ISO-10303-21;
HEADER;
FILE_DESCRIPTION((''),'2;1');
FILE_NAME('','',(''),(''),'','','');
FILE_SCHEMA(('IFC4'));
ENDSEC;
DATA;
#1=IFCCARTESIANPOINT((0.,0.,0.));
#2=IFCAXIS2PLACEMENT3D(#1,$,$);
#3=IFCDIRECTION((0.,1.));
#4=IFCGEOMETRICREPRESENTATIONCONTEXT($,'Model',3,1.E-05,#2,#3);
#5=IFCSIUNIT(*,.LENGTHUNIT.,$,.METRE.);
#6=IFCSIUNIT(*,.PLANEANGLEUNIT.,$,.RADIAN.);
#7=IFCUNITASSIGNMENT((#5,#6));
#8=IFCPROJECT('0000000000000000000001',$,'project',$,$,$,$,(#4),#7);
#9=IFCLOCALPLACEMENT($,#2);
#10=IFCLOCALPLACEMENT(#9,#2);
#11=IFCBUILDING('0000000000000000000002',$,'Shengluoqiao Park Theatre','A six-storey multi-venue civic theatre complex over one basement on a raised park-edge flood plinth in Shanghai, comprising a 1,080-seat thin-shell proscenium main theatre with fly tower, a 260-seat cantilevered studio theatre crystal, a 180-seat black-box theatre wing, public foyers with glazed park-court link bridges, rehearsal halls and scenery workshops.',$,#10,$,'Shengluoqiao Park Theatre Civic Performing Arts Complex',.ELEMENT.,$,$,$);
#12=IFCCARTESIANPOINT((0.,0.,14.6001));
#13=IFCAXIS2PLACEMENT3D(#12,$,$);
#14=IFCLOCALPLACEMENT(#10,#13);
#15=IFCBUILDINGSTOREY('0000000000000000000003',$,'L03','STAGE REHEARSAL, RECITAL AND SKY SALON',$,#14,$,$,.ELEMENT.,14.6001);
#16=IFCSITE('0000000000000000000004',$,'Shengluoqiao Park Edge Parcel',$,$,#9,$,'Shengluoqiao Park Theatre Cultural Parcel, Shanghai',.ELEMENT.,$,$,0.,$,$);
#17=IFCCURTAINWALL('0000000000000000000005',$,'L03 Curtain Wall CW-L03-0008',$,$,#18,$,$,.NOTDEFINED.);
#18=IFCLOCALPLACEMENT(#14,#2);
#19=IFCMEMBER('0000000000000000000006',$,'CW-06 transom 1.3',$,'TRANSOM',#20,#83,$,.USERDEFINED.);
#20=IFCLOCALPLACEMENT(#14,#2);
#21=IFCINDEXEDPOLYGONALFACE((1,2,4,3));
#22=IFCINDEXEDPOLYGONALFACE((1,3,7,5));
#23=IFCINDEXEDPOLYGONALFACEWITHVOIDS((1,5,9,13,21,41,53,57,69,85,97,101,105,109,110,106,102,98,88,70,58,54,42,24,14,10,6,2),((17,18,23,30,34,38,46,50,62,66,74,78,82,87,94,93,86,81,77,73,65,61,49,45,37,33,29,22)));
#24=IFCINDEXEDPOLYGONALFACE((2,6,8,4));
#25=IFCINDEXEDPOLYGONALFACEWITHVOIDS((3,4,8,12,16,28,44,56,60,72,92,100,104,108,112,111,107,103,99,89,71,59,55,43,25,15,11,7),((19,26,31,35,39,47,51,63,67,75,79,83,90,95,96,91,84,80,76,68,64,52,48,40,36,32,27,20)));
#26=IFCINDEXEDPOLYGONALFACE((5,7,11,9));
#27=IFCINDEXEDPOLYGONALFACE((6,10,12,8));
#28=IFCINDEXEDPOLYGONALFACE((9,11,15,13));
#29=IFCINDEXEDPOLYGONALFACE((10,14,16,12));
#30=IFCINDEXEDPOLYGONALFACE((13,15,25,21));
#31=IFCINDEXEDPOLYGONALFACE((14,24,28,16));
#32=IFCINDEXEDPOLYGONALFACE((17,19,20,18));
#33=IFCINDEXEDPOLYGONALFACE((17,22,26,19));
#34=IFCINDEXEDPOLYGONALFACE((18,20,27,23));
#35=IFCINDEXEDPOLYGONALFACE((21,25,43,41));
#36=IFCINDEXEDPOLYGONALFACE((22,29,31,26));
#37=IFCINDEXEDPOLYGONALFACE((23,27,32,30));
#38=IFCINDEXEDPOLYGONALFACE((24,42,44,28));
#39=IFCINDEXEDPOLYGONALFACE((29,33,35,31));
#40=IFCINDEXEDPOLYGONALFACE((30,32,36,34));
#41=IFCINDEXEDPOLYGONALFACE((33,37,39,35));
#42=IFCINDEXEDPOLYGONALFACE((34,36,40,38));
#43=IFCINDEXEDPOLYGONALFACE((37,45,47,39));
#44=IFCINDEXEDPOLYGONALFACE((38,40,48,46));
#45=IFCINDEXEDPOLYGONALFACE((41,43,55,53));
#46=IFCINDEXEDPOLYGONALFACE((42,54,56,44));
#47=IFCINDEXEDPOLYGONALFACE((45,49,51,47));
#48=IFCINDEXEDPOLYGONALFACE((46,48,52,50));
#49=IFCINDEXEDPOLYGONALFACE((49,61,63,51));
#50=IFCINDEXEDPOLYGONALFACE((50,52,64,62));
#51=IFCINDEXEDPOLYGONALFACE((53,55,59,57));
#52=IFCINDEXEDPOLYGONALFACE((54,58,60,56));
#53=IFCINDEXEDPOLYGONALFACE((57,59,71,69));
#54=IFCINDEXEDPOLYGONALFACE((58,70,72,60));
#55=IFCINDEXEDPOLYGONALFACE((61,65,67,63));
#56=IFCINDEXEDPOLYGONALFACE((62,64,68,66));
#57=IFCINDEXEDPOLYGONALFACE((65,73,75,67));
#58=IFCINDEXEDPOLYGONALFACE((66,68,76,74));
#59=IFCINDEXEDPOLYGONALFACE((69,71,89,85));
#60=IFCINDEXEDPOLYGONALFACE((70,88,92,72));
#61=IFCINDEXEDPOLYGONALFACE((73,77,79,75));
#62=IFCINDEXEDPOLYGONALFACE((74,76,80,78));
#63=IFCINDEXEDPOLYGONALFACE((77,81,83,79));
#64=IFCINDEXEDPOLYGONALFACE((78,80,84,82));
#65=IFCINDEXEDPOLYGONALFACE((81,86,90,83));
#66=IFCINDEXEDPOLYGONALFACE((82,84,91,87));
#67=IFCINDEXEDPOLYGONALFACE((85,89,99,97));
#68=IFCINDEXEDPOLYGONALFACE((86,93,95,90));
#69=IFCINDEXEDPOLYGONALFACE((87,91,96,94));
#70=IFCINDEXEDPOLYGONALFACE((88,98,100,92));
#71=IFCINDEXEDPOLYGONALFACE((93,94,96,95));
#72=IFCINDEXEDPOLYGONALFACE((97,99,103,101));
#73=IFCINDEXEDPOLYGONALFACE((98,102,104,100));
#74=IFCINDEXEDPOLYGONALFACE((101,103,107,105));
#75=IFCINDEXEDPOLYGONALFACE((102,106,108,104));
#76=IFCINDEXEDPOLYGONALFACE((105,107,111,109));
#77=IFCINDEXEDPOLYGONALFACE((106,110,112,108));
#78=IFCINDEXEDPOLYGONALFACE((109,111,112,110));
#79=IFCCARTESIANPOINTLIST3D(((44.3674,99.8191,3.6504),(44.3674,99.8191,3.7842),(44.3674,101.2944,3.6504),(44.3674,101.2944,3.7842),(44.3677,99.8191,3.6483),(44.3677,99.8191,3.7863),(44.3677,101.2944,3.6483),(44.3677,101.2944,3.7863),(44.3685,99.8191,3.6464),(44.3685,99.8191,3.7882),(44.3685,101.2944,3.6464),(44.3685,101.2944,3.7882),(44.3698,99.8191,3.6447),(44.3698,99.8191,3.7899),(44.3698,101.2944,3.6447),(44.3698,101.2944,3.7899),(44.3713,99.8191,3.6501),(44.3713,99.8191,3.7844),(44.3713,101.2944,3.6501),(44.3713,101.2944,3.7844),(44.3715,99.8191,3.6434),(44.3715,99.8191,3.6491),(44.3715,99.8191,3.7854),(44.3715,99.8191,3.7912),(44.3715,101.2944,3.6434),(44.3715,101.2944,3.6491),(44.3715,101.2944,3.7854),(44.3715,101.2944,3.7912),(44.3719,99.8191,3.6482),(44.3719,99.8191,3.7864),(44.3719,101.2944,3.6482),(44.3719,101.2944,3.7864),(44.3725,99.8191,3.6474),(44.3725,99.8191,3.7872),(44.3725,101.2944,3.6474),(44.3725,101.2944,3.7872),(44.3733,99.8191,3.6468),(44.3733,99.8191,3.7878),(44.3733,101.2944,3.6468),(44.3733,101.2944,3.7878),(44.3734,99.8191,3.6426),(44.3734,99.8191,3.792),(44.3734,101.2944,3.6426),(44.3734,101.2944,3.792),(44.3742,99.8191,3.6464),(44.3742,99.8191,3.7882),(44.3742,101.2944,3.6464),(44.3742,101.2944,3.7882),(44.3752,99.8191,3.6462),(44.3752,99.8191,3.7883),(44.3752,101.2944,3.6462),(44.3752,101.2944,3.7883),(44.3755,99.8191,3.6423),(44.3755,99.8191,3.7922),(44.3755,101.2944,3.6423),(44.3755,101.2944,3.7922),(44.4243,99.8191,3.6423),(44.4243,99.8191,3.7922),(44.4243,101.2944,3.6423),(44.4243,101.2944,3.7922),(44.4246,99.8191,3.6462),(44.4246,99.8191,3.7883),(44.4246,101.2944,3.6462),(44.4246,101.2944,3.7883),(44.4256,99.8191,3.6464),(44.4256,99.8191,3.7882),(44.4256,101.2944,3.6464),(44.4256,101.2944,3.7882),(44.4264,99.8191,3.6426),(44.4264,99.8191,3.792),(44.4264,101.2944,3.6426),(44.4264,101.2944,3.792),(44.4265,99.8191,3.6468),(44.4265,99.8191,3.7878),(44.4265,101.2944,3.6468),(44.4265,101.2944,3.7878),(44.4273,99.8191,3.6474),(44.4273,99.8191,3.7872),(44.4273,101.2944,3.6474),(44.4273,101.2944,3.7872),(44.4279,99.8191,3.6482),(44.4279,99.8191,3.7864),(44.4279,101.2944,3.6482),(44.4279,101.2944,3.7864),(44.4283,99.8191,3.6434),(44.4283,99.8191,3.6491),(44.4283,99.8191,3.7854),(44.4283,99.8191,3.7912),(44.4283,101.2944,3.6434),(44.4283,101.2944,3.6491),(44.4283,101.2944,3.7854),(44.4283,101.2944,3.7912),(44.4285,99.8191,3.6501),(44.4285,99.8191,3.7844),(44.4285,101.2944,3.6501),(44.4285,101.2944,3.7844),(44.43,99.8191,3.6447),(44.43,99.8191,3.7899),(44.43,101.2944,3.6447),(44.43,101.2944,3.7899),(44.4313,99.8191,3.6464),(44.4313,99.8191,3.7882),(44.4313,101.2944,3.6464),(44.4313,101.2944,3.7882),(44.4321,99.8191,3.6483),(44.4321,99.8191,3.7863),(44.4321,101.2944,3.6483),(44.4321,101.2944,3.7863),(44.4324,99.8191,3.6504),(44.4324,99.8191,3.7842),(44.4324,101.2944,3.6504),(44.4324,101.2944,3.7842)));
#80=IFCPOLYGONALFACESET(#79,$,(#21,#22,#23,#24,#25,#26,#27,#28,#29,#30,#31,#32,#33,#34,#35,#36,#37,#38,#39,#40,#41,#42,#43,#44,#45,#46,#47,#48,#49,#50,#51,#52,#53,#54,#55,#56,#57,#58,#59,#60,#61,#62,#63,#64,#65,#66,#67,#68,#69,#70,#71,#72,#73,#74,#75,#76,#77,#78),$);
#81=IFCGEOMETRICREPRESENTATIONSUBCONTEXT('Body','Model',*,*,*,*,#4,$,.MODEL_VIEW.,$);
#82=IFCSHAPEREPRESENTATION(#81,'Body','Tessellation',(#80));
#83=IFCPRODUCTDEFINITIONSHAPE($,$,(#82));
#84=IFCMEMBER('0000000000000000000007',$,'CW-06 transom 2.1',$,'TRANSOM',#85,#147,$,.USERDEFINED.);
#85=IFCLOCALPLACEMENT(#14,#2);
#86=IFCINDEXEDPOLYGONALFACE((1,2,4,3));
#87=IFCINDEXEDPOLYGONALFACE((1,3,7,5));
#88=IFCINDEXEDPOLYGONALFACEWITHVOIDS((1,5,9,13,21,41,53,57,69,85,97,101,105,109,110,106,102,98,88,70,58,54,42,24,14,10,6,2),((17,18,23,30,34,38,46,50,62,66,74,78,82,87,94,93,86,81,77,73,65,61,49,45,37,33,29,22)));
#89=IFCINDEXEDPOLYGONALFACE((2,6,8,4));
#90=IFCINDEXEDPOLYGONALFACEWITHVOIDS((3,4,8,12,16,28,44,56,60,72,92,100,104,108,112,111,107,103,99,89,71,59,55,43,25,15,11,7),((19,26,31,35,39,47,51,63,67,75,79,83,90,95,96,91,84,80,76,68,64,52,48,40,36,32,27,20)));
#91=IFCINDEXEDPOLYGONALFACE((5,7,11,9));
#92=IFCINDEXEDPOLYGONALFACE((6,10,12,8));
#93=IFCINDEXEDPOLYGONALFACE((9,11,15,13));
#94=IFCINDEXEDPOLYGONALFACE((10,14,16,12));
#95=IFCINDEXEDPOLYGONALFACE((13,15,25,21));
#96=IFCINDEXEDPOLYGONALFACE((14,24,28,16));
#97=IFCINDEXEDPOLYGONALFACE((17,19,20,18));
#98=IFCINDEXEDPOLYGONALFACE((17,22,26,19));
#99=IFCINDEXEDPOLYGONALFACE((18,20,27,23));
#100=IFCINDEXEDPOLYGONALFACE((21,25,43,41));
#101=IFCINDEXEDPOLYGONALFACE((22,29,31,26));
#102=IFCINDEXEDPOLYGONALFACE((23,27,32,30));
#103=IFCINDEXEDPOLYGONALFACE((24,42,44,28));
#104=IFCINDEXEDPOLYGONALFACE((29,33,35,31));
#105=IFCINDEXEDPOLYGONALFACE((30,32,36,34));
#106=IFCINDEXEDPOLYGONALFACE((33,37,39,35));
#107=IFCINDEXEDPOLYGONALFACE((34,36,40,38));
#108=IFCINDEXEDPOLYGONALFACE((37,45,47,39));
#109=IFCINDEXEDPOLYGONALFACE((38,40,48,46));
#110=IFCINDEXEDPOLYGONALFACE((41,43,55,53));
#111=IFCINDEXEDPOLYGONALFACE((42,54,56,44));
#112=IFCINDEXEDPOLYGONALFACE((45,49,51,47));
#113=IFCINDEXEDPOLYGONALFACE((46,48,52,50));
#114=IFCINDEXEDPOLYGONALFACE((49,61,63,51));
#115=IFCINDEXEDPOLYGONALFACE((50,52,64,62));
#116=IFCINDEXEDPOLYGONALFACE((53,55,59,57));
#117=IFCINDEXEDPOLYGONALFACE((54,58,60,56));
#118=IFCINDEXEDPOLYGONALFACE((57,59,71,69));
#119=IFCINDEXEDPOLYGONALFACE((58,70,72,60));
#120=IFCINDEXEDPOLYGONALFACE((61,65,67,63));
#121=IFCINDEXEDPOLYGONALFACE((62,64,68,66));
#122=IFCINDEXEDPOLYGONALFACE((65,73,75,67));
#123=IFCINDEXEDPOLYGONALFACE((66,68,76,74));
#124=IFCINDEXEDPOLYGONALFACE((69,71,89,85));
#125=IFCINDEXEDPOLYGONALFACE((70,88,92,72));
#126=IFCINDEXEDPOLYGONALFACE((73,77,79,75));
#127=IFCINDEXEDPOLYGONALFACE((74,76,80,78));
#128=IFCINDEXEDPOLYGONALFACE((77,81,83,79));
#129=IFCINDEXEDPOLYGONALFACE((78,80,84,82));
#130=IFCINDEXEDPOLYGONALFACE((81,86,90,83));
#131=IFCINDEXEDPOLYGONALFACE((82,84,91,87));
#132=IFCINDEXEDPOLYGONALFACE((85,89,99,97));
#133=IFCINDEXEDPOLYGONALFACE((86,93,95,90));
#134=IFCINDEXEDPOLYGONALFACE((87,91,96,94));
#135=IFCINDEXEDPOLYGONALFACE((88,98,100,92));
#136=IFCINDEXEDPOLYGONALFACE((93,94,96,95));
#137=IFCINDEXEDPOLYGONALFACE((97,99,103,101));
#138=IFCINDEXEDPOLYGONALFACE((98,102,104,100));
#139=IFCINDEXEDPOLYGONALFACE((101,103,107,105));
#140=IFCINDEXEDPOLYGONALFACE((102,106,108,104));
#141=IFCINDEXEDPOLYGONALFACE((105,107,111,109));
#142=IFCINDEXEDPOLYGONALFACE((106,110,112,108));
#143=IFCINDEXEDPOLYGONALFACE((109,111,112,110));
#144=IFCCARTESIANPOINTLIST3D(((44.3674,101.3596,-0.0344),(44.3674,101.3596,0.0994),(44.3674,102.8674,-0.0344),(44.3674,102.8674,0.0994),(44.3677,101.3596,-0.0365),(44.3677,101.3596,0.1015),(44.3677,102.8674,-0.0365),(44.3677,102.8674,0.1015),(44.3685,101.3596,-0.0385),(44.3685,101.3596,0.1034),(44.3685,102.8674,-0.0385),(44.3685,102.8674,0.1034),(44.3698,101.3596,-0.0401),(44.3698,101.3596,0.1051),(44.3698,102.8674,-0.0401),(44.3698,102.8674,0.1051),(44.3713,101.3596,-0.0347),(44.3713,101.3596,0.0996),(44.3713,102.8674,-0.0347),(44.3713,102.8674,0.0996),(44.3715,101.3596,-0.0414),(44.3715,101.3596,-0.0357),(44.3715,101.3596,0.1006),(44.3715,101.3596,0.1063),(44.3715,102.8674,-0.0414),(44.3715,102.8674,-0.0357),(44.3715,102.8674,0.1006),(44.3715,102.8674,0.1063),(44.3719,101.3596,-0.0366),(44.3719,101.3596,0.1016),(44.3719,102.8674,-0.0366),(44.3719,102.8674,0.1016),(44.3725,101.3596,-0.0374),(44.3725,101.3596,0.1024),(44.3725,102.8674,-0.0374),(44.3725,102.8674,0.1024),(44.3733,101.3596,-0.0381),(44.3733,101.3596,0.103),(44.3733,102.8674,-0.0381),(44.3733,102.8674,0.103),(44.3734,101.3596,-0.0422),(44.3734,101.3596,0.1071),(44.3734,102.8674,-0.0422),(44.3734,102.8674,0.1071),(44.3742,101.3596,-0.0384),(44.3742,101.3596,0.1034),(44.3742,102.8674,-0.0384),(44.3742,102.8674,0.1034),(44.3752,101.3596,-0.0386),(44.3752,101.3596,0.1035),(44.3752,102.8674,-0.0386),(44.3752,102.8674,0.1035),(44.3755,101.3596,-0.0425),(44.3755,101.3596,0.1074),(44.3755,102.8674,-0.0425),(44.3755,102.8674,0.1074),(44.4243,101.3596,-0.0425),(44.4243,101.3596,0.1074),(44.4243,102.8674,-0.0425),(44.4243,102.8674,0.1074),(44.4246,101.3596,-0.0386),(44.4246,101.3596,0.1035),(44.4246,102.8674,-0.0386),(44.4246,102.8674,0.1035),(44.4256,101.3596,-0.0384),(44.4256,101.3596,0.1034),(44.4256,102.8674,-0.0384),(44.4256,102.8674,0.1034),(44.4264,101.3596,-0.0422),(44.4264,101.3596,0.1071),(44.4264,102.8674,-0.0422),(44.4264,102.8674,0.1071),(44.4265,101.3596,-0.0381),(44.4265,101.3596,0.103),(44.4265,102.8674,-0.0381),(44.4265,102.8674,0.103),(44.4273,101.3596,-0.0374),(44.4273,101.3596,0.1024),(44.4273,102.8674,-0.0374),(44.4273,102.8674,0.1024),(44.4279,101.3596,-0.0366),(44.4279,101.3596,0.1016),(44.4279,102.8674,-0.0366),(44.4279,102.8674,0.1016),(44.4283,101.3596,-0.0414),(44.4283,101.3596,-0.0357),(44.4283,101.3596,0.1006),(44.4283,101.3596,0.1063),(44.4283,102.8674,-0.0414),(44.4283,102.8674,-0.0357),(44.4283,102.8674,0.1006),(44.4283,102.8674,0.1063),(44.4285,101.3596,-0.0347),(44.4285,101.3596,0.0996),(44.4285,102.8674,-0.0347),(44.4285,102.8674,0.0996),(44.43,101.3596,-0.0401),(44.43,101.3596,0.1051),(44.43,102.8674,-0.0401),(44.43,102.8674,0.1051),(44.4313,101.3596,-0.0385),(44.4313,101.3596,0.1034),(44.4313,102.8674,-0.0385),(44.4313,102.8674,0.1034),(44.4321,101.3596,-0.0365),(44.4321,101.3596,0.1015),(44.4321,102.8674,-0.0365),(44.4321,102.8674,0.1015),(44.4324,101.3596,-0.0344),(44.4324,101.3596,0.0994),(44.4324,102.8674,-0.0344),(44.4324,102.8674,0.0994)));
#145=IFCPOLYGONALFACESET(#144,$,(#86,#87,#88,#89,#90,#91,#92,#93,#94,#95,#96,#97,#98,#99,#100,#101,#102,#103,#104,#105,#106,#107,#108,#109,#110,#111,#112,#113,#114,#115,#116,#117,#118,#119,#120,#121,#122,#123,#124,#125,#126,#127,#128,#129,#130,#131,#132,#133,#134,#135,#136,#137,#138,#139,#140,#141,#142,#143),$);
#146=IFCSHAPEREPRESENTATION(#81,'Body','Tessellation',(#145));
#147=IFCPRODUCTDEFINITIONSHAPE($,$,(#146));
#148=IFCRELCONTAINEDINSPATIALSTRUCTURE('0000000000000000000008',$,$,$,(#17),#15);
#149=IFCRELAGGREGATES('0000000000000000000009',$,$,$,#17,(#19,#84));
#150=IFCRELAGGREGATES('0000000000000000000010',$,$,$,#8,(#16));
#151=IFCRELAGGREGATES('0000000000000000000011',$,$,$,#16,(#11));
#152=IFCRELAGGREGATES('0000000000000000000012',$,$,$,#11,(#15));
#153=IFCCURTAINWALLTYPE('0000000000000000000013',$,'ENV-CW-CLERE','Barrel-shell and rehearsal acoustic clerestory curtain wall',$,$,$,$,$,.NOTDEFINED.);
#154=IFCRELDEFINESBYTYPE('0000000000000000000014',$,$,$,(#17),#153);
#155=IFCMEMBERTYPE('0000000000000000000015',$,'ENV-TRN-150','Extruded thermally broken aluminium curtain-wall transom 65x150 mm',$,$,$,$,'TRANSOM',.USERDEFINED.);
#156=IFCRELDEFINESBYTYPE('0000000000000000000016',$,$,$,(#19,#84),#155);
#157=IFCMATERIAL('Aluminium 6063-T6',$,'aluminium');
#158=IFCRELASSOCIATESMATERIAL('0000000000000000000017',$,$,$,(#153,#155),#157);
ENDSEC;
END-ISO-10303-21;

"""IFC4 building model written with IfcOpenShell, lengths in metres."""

from ifc_helpers import new_model, si_unit, direction, frame, origin, origin_2d, place, context, subcontext, project, spatial, hollow_rectangle, extrude, material, material_profile, profile_set, type_object, element, aggregate, save


model = new_model("IFC4")

# Units and contexts
model_context = context("Model", 3, precision=1e-05, world=origin(), true_north=direction((0.0, 1.0)))
body_context = subcontext(model_context, "Body", "Model", "MODEL_VIEW")
ifc_project = project(units=[si_unit("LENGTHUNIT", "METRE"), si_unit("PLANEANGLEUNIT", "RADIAN")], contexts=[model_context])

# Site, building, storey
site_placement = place(None, origin())
site = spatial("IfcSite", under=ifc_project, at=site_placement, Name="Shengluoqiao Park Edge Parcel", LongName="Shengluoqiao Park Theatre Cultural Parcel, Shanghai", CompositionType="ELEMENT", RefElevation=0.0)
building_placement = place(site_placement, origin())
building = spatial("IfcBuilding", under=site, at=building_placement, Name="Shengluoqiao Park Theatre", Description="A six-storey multi-venue civic theatre complex over one basement on a raised park-edge flood plinth in Shanghai, comprising a 1,080-seat thin-shell proscenium main theatre with fly tower, a 260-seat cantilevered studio theatre crystal, a 180-seat black-box theatre wing, public foyers with glazed park-court link bridges, rehearsal halls and scenery workshops.", LongName="Shengluoqiao Park Theatre Civic Performing Arts Complex", CompositionType="ELEMENT")
storey_placement = place(building_placement, frame((0.0, 0.0, 14.6001)))
storey = spatial("IfcBuildingStorey", under=building, at=storey_placement, Name="L03", Description="STAGE REHEARSAL, RECITAL AND SKY SALON", CompositionType="ELEMENT", Elevation=14.6001)

# Curtain wall, members
ifc_material_1 = material(Name="Aluminium 6063-T6", Category="aluminium")
curtain_wall_type = type_object("IfcCurtainWallType", Name="ENV-CW-CLERE", Description="Barrel-shell and rehearsal acoustic clerestory curtain wall", PredefinedType="NOTDEFINED", material=ifc_material_1)
curtain_wall_placement = place(storey_placement, origin())
curtain_wall = element("IfcCurtainWall", 1, at=curtain_wall_placement, inside=storey, type_object=curtain_wall_type, Name="L03 Curtain Wall CW-L03-0008", PredefinedType="NOTDEFINED")
ifc_material_profile_1 = material_profile(ifc_material_1, hollow_rectangle(XDim=0.0649, YDim=0.1499, WallThickness=0.0039, InnerFilletRadius=0.0039, OuterFilletRadius=0.0081, at=origin_2d()), Name="ALU TRANSOM 150x65x4")
ifc_profile_set_1 = profile_set([ifc_material_profile_1], Name="Aluminium 6063-T6")
member_type_1 = type_object("IfcMemberType", Name="ENV-TRN-150", Description="Extruded thermally broken aluminium curtain-wall transom 65x150 mm", ElementType="TRANSOM", PredefinedType="USERDEFINED", material=ifc_profile_set_1)
member_1_placement = place(storey_placement, frame((44.3999, 99.8191, 3.7173), z_axis=(0.0, 1.0, 0.0), x_axis=(-1.0, 0.0, 0.0)))
member_1 = element("IfcMember", 2, at=member_1_placement, type_object=member_type_1, Name="CW-06 transom 1.3", ObjectType="TRANSOM", PredefinedType="USERDEFINED", context=body_context, shape_type="SweptSolid", body=[
    extrude(hollow_rectangle(XDim=0.0649, YDim=0.1499, WallThickness=0.0039, InnerFilletRadius=0.0039, OuterFilletRadius=0.0081, at=origin_2d()), origin(), (0.0, 0.0, 1.0), 1.4753),
])
member_2_placement = place(storey_placement, frame((44.3999, 101.3596, 0.0325), z_axis=(0.0, 1.0, 0.0), x_axis=(-1.0, 0.0, 0.0)))
member_2 = element("IfcMember", 3, at=member_2_placement, type_object=member_type_1, Name="CW-06 transom 2.1", ObjectType="TRANSOM", PredefinedType="USERDEFINED", context=body_context, shape_type="SweptSolid", body=[
    extrude(hollow_rectangle(XDim=0.0649, YDim=0.1499, WallThickness=0.0039, InnerFilletRadius=0.0039, OuterFilletRadius=0.0081, at=origin_2d()), origin(), (0.0, 0.0, 1.0), 1.5078),
])

aggregate(curtain_wall, [member_1, member_2])

save(model, "model.ifc")
